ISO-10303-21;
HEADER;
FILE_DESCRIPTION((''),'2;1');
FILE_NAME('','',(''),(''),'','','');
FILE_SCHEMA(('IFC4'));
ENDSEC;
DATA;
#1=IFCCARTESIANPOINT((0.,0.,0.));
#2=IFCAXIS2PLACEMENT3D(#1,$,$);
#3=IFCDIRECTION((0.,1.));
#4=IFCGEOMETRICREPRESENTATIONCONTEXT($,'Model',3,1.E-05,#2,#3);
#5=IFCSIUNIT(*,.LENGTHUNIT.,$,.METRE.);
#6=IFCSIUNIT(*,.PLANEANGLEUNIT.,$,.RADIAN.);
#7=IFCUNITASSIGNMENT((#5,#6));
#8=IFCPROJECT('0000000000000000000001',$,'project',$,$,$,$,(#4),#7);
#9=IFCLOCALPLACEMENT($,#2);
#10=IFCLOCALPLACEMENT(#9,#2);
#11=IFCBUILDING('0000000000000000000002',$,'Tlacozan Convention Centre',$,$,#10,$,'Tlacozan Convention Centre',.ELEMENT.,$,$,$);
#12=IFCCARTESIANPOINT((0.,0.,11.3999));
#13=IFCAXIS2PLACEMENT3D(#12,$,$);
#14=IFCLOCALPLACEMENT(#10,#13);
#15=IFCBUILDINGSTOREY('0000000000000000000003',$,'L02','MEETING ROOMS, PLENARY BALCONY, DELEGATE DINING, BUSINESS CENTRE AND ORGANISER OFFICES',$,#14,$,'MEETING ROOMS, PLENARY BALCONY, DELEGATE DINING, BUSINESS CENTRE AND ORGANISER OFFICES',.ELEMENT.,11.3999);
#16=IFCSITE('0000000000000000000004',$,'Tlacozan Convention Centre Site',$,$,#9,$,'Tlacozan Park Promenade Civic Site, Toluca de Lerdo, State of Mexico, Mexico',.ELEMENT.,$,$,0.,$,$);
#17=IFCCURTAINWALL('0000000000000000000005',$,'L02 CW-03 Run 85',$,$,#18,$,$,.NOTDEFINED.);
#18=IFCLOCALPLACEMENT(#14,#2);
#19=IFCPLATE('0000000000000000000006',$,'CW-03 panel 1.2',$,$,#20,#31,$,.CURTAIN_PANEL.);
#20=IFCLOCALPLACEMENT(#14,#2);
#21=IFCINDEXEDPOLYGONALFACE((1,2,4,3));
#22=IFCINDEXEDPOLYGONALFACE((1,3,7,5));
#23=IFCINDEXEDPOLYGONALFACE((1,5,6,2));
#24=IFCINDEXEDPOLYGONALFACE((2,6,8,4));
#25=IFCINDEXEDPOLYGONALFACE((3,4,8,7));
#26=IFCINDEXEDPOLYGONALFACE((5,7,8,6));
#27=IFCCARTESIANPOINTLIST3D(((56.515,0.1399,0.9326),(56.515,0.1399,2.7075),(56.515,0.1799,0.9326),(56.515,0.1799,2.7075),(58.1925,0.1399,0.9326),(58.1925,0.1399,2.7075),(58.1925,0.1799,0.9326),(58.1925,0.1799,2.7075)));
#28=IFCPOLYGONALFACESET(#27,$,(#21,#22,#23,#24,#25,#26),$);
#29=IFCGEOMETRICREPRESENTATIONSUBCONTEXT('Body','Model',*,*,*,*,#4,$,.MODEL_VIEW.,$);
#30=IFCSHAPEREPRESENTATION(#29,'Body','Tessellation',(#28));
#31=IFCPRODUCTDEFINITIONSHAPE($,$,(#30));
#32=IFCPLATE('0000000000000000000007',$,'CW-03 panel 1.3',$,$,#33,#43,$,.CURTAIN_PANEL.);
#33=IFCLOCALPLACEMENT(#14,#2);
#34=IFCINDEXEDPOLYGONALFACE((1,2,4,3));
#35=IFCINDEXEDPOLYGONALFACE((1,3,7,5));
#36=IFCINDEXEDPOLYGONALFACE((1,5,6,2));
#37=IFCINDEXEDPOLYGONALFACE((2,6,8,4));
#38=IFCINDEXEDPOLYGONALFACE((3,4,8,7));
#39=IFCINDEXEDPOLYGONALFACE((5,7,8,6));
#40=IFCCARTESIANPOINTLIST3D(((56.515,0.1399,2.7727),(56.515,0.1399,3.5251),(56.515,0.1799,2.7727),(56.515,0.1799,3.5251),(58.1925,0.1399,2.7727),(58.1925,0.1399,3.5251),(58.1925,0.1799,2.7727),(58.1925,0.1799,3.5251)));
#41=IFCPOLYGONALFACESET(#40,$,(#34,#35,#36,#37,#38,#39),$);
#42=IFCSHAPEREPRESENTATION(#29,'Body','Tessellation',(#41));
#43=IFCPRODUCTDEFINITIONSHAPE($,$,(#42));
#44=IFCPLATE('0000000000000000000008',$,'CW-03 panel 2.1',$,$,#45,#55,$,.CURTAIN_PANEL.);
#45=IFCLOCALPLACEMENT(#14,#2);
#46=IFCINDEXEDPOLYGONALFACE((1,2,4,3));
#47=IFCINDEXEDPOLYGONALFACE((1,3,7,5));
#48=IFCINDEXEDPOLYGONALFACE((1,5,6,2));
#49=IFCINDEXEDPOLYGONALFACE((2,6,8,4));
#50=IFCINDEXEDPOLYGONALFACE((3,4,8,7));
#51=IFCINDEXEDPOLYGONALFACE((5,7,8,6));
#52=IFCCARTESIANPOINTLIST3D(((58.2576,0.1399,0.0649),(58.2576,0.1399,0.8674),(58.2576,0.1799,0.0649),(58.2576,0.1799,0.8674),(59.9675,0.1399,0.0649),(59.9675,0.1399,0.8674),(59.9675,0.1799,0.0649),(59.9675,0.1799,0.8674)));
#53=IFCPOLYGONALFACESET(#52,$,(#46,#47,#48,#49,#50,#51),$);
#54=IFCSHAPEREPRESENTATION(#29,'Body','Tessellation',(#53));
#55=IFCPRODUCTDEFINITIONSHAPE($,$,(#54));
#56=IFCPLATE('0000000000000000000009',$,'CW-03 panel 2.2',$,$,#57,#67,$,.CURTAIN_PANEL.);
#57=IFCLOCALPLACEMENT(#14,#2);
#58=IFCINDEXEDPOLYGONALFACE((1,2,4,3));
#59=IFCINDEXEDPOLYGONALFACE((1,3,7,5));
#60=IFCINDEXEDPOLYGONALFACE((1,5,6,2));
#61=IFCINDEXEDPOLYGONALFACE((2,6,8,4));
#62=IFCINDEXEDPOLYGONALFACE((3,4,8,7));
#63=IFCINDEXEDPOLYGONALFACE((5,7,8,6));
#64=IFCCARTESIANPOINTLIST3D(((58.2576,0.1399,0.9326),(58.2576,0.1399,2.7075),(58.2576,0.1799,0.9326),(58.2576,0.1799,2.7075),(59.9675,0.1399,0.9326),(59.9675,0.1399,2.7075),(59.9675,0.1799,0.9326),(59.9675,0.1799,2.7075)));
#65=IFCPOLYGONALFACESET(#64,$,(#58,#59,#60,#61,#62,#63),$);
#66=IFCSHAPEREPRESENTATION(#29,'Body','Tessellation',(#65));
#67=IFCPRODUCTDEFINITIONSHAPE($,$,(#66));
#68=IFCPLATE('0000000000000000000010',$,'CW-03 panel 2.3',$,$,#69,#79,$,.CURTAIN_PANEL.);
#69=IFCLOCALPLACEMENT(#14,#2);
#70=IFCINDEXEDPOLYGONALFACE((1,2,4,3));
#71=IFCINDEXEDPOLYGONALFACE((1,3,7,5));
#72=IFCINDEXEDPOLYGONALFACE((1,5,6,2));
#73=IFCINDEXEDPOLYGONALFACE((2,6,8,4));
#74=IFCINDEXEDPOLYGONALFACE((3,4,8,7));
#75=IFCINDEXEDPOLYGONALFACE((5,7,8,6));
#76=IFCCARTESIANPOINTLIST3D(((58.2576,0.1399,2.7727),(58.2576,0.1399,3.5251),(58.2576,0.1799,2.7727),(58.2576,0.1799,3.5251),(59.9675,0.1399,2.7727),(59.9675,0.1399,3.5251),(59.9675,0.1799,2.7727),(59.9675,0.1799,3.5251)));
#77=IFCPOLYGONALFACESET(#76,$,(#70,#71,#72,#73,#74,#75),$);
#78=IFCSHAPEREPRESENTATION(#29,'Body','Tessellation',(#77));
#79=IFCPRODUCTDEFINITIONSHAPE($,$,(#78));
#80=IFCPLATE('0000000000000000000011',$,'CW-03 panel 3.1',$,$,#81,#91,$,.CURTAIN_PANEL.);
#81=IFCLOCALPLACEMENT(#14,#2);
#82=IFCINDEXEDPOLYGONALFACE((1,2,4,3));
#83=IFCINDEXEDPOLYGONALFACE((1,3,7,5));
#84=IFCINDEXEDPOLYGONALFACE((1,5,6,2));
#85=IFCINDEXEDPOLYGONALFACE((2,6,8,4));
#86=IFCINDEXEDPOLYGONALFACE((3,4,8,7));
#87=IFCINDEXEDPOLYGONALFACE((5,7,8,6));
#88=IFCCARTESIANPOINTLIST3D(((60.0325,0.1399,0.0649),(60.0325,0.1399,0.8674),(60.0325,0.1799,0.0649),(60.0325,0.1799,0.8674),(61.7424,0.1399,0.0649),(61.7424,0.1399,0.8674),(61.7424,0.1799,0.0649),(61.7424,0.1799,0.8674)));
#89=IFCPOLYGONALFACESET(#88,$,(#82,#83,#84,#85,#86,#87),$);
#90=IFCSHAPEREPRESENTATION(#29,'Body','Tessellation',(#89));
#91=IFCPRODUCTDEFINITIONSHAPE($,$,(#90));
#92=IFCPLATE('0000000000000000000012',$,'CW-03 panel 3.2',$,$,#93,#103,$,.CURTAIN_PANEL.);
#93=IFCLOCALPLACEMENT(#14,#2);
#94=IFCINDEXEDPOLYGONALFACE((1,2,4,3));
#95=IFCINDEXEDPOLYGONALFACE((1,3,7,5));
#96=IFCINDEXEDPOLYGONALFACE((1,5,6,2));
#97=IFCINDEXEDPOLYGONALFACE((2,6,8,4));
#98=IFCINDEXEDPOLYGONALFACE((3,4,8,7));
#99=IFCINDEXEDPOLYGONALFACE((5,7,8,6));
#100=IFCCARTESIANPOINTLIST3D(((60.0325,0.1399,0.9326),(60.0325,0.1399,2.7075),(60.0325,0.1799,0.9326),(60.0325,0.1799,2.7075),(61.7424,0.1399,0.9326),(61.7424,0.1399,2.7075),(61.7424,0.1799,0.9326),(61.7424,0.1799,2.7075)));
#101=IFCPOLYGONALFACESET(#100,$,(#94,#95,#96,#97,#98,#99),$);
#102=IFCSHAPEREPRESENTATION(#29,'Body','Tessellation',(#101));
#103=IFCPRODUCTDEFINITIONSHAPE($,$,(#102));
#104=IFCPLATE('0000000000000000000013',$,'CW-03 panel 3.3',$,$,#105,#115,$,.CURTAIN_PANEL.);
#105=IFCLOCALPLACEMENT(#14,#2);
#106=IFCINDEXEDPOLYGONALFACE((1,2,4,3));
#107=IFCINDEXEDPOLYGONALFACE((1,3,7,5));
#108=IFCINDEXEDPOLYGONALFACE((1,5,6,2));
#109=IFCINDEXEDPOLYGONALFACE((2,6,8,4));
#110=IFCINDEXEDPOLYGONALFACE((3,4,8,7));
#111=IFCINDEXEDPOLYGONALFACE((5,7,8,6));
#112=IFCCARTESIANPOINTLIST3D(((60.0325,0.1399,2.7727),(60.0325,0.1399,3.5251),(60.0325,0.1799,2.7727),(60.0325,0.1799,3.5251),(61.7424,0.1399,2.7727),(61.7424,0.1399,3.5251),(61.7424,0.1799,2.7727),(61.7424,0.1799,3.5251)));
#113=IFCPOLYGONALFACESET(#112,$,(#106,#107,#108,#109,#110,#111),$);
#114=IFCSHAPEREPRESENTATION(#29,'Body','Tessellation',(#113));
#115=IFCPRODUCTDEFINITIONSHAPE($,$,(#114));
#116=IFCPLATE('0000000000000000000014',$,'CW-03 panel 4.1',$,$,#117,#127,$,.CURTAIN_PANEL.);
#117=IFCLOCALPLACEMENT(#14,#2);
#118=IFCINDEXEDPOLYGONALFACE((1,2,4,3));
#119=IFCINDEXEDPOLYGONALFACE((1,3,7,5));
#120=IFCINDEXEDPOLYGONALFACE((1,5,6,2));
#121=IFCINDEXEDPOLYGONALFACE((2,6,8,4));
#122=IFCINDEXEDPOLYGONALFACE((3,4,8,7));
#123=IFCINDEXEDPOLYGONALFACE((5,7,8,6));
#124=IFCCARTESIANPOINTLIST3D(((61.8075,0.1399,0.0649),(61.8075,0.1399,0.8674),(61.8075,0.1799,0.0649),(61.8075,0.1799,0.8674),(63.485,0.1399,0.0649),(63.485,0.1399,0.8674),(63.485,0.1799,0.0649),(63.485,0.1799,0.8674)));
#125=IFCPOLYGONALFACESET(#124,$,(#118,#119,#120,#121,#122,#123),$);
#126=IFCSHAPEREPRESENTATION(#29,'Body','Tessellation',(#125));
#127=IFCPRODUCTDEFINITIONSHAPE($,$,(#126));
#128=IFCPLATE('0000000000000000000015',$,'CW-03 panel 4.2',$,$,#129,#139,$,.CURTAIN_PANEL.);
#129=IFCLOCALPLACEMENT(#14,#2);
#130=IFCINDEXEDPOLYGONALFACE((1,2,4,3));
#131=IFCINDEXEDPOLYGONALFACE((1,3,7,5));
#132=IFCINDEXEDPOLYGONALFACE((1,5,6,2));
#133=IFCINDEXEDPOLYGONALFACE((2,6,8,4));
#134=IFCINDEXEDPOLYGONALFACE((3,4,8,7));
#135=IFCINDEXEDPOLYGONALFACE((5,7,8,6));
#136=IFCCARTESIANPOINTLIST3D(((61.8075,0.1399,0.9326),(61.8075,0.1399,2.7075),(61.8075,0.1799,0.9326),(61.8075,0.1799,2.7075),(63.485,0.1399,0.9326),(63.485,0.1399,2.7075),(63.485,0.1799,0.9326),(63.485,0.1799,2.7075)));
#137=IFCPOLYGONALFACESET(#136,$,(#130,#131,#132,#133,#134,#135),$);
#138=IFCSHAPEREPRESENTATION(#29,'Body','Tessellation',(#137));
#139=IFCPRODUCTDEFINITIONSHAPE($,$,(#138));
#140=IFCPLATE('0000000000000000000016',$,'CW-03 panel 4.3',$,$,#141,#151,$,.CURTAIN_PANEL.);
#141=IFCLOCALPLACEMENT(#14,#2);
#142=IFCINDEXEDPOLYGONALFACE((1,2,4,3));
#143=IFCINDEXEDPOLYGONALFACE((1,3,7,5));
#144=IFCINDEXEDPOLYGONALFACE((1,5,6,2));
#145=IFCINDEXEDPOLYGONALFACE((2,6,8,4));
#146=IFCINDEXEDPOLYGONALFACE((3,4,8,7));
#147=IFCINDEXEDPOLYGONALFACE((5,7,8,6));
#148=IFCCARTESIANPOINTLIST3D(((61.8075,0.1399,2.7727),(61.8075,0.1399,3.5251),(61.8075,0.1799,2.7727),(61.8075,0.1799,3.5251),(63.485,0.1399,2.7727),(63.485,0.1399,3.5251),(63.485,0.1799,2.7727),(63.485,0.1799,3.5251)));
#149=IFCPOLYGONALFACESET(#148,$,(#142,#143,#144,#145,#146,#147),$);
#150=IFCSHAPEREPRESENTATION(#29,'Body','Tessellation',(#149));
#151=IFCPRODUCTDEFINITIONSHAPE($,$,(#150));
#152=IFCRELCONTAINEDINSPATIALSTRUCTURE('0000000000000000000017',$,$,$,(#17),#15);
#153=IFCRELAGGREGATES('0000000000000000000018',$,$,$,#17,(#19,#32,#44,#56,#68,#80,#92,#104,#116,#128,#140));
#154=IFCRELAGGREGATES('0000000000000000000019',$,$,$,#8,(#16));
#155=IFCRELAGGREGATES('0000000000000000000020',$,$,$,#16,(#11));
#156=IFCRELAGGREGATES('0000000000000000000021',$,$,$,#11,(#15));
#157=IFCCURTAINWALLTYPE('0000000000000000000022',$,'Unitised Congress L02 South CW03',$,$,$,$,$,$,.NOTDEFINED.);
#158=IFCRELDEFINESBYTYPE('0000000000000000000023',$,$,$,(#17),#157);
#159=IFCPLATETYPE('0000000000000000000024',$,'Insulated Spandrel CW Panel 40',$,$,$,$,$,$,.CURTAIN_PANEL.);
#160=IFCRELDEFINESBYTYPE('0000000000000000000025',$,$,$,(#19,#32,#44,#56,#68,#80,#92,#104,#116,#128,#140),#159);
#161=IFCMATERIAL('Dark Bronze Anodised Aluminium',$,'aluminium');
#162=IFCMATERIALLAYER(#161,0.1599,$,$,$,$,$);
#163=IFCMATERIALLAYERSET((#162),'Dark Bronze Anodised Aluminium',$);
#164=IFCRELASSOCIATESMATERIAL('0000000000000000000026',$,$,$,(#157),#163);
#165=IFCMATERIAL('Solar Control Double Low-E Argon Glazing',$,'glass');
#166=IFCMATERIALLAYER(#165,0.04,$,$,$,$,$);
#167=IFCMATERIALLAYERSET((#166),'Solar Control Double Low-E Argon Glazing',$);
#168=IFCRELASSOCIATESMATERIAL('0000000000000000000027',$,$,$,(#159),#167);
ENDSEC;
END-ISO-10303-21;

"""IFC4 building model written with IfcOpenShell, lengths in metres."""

from ifc_helpers import new_model, si_unit, direction, frame, origin, origin_2d, place, context, subcontext, project, spatial, rectangle, extrude, material, layer, layer_set, type_object, element, aggregate, save


model = new_model("IFC4")

# Units and contexts
model_context = context("Model", 3, precision=1e-05, world=origin(), true_north=direction((0.0, 1.0)))
body_context = subcontext(model_context, "Body", "Model", "MODEL_VIEW")
ifc_project = project(units=[si_unit("LENGTHUNIT", "METRE"), si_unit("PLANEANGLEUNIT", "RADIAN")], contexts=[model_context])

# Site, building, storey
site_placement = place(None, origin())
site = spatial("IfcSite", under=ifc_project, at=site_placement, Name="Tlacozan Convention Centre Site", LongName="Tlacozan Park Promenade Civic Site, Toluca de Lerdo, State of Mexico, Mexico", CompositionType="ELEMENT", RefElevation=0.0)
building_placement = place(site_placement, origin())
building = spatial("IfcBuilding", under=site, at=building_placement, Name="Tlacozan Convention Centre", LongName="Tlacozan Convention Centre", CompositionType="ELEMENT")
storey_placement = place(building_placement, frame((0.0, 0.0, 11.3999)))
storey = spatial("IfcBuildingStorey", under=building, at=storey_placement, Name="L02", Description="MEETING ROOMS, PLENARY BALCONY, DELEGATE DINING, BUSINESS CENTRE AND ORGANISER OFFICES", LongName="MEETING ROOMS, PLENARY BALCONY, DELEGATE DINING, BUSINESS CENTRE AND ORGANISER OFFICES", CompositionType="ELEMENT", Elevation=11.3999)

# Curtain wall, plates
ifc_material_1 = material(Name="Dark Bronze Anodised Aluminium", Category="aluminium")
ifc_layer_1 = layer(ifc_material_1, 0.1599)
ifc_layer_set_1 = layer_set([ifc_layer_1], Name="Dark Bronze Anodised Aluminium")
curtain_wall_type = type_object("IfcCurtainWallType", Name="Unitised Congress L02 South CW03", PredefinedType="NOTDEFINED", material=ifc_layer_set_1)
curtain_wall_placement = place(storey_placement, origin())
curtain_wall = element("IfcCurtainWall", 1, at=curtain_wall_placement, inside=storey, type_object=curtain_wall_type, Name="L02 CW-03 Run 85", PredefinedType="NOTDEFINED")
ifc_material_2 = material(Name="Solar Control Double Low-E Argon Glazing", Category="glass")
ifc_layer_2 = layer(ifc_material_2, 0.04)
ifc_layer_set_2 = layer_set([ifc_layer_2], Name="Solar Control Double Low-E Argon Glazing")
plate_type = type_object("IfcPlateType", Name="Insulated Spandrel CW Panel 40", PredefinedType="CURTAIN_PANEL", material=ifc_layer_set_2)
plate_1_placement = place(storey_placement, frame((57.3538, 0.1599, 0.9326), z_axis=(0.0, 0.0, 1.0), x_axis=(1.0, 0.0, 0.0)))
plate_1 = element("IfcPlate", 2, at=plate_1_placement, type_object=plate_type, Name="CW-03 panel 1.2", PredefinedType="CURTAIN_PANEL", context=body_context, shape_type="SweptSolid", body=[
    extrude(rectangle(XDim=1.6775, YDim=0.04, at=origin_2d()), origin(), (0.0, 0.0, 1.0), 1.7749),
])
plate_2_placement = place(storey_placement, frame((57.3538, 0.1599, 2.7727), z_axis=(0.0, 0.0, 1.0), x_axis=(1.0, 0.0, 0.0)))
plate_2 = element("IfcPlate", 3, at=plate_2_placement, type_object=plate_type, Name="CW-03 panel 1.3", PredefinedType="CURTAIN_PANEL", context=body_context, shape_type="SweptSolid", body=[
    extrude(rectangle(XDim=1.6775, YDim=0.04, at=origin_2d()), origin(), (0.0, 0.0, 1.0), 0.7524),
])
plate_3_placement = place(storey_placement, frame((59.1125, 0.1599, 0.0649), z_axis=(0.0, 0.0, 1.0), x_axis=(1.0, 0.0, 0.0)))
plate_3 = element("IfcPlate", 4, at=plate_3_placement, type_object=plate_type, Name="CW-03 panel 2.1", PredefinedType="CURTAIN_PANEL", context=body_context, shape_type="SweptSolid", body=[
    extrude(rectangle(XDim=1.71, YDim=0.04, at=origin_2d()), origin(), (0.0, 0.0, 1.0), 0.8025),
])
plate_4_placement = place(storey_placement, frame((59.1125, 0.1599, 0.9326), z_axis=(0.0, 0.0, 1.0), x_axis=(1.0, 0.0, 0.0)))
plate_4 = element("IfcPlate", 5, at=plate_4_placement, type_object=plate_type, Name="CW-03 panel 2.2", PredefinedType="CURTAIN_PANEL", context=body_context, shape_type="SweptSolid", body=[
    extrude(rectangle(XDim=1.71, YDim=0.04, at=origin_2d()), origin(), (0.0, 0.0, 1.0), 1.7749),
])
plate_5_placement = place(storey_placement, frame((59.1125, 0.1599, 2.7727), z_axis=(0.0, 0.0, 1.0), x_axis=(1.0, 0.0, 0.0)))
plate_5 = element("IfcPlate", 6, at=plate_5_placement, type_object=plate_type, Name="CW-03 panel 2.3", PredefinedType="CURTAIN_PANEL", context=body_context, shape_type="SweptSolid", body=[
    extrude(rectangle(XDim=1.71, YDim=0.04, at=origin_2d()), origin(), (0.0, 0.0, 1.0), 0.7524),
])
plate_6_placement = place(storey_placement, frame((60.8875, 0.1599, 0.0649), z_axis=(0.0, 0.0, 1.0), x_axis=(1.0, 0.0, 0.0)))
plate_6 = element("IfcPlate", 7, at=plate_6_placement, type_object=plate_type, Name="CW-03 panel 3.1", PredefinedType="CURTAIN_PANEL", context=body_context, shape_type="SweptSolid", body=[
    extrude(rectangle(XDim=1.71, YDim=0.04, at=origin_2d()), origin(), (0.0, 0.0, 1.0), 0.8025),
])
plate_7_placement = place(storey_placement, frame((60.8875, 0.1599, 0.9326), z_axis=(0.0, 0.0, 1.0), x_axis=(1.0, 0.0, 0.0)))
plate_7 = element("IfcPlate", 8, at=plate_7_placement, type_object=plate_type, Name="CW-03 panel 3.2", PredefinedType="CURTAIN_PANEL", context=body_context, shape_type="SweptSolid", body=[
    extrude(rectangle(XDim=1.71, YDim=0.04, at=origin_2d()), origin(), (0.0, 0.0, 1.0), 1.7749),
])
plate_8_placement = place(storey_placement, frame((60.8875, 0.1599, 2.7727), z_axis=(0.0, 0.0, 1.0), x_axis=(1.0, 0.0, 0.0)))
plate_8 = element("IfcPlate", 9, at=plate_8_placement, type_object=plate_type, Name="CW-03 panel 3.3", PredefinedType="CURTAIN_PANEL", context=body_context, shape_type="SweptSolid", body=[
    extrude(rectangle(XDim=1.71, YDim=0.04, at=origin_2d()), origin(), (0.0, 0.0, 1.0), 0.7524),
])
plate_9_placement = place(storey_placement, frame((62.6462, 0.1599, 0.0649), z_axis=(0.0, 0.0, 1.0), x_axis=(1.0, 0.0, 0.0)))
plate_9 = element("IfcPlate", 10, at=plate_9_placement, type_object=plate_type, Name="CW-03 panel 4.1", PredefinedType="CURTAIN_PANEL", context=body_context, shape_type="SweptSolid", body=[
    extrude(rectangle(XDim=1.6775, YDim=0.04, at=origin_2d()), origin(), (0.0, 0.0, 1.0), 0.8025),
])
plate_10_placement = place(storey_placement, frame((62.6462, 0.1599, 0.9326), z_axis=(0.0, 0.0, 1.0), x_axis=(1.0, 0.0, 0.0)))
plate_10 = element("IfcPlate", 11, at=plate_10_placement, type_object=plate_type, Name="CW-03 panel 4.2", PredefinedType="CURTAIN_PANEL", context=body_context, shape_type="SweptSolid", body=[
    extrude(rectangle(XDim=1.6775, YDim=0.04, at=origin_2d()), origin(), (0.0, 0.0, 1.0), 1.7749),
])
plate_11_placement = place(storey_placement, frame((62.6462, 0.1599, 2.7727), z_axis=(0.0, 0.0, 1.0), x_axis=(1.0, 0.0, 0.0)))
plate_11 = element("IfcPlate", 12, at=plate_11_placement, type_object=plate_type, Name="CW-03 panel 4.3", PredefinedType="CURTAIN_PANEL", context=body_context, shape_type="SweptSolid", body=[
    extrude(rectangle(XDim=1.6775, YDim=0.04, at=origin_2d()), origin(), (0.0, 0.0, 1.0), 0.7524),
])
aggregate(curtain_wall, [plate_1, plate_2, plate_3, plate_4, plate_5, plate_6, plate_7, plate_8, plate_9, plate_10, plate_11])

save(model, "model.ifc")
